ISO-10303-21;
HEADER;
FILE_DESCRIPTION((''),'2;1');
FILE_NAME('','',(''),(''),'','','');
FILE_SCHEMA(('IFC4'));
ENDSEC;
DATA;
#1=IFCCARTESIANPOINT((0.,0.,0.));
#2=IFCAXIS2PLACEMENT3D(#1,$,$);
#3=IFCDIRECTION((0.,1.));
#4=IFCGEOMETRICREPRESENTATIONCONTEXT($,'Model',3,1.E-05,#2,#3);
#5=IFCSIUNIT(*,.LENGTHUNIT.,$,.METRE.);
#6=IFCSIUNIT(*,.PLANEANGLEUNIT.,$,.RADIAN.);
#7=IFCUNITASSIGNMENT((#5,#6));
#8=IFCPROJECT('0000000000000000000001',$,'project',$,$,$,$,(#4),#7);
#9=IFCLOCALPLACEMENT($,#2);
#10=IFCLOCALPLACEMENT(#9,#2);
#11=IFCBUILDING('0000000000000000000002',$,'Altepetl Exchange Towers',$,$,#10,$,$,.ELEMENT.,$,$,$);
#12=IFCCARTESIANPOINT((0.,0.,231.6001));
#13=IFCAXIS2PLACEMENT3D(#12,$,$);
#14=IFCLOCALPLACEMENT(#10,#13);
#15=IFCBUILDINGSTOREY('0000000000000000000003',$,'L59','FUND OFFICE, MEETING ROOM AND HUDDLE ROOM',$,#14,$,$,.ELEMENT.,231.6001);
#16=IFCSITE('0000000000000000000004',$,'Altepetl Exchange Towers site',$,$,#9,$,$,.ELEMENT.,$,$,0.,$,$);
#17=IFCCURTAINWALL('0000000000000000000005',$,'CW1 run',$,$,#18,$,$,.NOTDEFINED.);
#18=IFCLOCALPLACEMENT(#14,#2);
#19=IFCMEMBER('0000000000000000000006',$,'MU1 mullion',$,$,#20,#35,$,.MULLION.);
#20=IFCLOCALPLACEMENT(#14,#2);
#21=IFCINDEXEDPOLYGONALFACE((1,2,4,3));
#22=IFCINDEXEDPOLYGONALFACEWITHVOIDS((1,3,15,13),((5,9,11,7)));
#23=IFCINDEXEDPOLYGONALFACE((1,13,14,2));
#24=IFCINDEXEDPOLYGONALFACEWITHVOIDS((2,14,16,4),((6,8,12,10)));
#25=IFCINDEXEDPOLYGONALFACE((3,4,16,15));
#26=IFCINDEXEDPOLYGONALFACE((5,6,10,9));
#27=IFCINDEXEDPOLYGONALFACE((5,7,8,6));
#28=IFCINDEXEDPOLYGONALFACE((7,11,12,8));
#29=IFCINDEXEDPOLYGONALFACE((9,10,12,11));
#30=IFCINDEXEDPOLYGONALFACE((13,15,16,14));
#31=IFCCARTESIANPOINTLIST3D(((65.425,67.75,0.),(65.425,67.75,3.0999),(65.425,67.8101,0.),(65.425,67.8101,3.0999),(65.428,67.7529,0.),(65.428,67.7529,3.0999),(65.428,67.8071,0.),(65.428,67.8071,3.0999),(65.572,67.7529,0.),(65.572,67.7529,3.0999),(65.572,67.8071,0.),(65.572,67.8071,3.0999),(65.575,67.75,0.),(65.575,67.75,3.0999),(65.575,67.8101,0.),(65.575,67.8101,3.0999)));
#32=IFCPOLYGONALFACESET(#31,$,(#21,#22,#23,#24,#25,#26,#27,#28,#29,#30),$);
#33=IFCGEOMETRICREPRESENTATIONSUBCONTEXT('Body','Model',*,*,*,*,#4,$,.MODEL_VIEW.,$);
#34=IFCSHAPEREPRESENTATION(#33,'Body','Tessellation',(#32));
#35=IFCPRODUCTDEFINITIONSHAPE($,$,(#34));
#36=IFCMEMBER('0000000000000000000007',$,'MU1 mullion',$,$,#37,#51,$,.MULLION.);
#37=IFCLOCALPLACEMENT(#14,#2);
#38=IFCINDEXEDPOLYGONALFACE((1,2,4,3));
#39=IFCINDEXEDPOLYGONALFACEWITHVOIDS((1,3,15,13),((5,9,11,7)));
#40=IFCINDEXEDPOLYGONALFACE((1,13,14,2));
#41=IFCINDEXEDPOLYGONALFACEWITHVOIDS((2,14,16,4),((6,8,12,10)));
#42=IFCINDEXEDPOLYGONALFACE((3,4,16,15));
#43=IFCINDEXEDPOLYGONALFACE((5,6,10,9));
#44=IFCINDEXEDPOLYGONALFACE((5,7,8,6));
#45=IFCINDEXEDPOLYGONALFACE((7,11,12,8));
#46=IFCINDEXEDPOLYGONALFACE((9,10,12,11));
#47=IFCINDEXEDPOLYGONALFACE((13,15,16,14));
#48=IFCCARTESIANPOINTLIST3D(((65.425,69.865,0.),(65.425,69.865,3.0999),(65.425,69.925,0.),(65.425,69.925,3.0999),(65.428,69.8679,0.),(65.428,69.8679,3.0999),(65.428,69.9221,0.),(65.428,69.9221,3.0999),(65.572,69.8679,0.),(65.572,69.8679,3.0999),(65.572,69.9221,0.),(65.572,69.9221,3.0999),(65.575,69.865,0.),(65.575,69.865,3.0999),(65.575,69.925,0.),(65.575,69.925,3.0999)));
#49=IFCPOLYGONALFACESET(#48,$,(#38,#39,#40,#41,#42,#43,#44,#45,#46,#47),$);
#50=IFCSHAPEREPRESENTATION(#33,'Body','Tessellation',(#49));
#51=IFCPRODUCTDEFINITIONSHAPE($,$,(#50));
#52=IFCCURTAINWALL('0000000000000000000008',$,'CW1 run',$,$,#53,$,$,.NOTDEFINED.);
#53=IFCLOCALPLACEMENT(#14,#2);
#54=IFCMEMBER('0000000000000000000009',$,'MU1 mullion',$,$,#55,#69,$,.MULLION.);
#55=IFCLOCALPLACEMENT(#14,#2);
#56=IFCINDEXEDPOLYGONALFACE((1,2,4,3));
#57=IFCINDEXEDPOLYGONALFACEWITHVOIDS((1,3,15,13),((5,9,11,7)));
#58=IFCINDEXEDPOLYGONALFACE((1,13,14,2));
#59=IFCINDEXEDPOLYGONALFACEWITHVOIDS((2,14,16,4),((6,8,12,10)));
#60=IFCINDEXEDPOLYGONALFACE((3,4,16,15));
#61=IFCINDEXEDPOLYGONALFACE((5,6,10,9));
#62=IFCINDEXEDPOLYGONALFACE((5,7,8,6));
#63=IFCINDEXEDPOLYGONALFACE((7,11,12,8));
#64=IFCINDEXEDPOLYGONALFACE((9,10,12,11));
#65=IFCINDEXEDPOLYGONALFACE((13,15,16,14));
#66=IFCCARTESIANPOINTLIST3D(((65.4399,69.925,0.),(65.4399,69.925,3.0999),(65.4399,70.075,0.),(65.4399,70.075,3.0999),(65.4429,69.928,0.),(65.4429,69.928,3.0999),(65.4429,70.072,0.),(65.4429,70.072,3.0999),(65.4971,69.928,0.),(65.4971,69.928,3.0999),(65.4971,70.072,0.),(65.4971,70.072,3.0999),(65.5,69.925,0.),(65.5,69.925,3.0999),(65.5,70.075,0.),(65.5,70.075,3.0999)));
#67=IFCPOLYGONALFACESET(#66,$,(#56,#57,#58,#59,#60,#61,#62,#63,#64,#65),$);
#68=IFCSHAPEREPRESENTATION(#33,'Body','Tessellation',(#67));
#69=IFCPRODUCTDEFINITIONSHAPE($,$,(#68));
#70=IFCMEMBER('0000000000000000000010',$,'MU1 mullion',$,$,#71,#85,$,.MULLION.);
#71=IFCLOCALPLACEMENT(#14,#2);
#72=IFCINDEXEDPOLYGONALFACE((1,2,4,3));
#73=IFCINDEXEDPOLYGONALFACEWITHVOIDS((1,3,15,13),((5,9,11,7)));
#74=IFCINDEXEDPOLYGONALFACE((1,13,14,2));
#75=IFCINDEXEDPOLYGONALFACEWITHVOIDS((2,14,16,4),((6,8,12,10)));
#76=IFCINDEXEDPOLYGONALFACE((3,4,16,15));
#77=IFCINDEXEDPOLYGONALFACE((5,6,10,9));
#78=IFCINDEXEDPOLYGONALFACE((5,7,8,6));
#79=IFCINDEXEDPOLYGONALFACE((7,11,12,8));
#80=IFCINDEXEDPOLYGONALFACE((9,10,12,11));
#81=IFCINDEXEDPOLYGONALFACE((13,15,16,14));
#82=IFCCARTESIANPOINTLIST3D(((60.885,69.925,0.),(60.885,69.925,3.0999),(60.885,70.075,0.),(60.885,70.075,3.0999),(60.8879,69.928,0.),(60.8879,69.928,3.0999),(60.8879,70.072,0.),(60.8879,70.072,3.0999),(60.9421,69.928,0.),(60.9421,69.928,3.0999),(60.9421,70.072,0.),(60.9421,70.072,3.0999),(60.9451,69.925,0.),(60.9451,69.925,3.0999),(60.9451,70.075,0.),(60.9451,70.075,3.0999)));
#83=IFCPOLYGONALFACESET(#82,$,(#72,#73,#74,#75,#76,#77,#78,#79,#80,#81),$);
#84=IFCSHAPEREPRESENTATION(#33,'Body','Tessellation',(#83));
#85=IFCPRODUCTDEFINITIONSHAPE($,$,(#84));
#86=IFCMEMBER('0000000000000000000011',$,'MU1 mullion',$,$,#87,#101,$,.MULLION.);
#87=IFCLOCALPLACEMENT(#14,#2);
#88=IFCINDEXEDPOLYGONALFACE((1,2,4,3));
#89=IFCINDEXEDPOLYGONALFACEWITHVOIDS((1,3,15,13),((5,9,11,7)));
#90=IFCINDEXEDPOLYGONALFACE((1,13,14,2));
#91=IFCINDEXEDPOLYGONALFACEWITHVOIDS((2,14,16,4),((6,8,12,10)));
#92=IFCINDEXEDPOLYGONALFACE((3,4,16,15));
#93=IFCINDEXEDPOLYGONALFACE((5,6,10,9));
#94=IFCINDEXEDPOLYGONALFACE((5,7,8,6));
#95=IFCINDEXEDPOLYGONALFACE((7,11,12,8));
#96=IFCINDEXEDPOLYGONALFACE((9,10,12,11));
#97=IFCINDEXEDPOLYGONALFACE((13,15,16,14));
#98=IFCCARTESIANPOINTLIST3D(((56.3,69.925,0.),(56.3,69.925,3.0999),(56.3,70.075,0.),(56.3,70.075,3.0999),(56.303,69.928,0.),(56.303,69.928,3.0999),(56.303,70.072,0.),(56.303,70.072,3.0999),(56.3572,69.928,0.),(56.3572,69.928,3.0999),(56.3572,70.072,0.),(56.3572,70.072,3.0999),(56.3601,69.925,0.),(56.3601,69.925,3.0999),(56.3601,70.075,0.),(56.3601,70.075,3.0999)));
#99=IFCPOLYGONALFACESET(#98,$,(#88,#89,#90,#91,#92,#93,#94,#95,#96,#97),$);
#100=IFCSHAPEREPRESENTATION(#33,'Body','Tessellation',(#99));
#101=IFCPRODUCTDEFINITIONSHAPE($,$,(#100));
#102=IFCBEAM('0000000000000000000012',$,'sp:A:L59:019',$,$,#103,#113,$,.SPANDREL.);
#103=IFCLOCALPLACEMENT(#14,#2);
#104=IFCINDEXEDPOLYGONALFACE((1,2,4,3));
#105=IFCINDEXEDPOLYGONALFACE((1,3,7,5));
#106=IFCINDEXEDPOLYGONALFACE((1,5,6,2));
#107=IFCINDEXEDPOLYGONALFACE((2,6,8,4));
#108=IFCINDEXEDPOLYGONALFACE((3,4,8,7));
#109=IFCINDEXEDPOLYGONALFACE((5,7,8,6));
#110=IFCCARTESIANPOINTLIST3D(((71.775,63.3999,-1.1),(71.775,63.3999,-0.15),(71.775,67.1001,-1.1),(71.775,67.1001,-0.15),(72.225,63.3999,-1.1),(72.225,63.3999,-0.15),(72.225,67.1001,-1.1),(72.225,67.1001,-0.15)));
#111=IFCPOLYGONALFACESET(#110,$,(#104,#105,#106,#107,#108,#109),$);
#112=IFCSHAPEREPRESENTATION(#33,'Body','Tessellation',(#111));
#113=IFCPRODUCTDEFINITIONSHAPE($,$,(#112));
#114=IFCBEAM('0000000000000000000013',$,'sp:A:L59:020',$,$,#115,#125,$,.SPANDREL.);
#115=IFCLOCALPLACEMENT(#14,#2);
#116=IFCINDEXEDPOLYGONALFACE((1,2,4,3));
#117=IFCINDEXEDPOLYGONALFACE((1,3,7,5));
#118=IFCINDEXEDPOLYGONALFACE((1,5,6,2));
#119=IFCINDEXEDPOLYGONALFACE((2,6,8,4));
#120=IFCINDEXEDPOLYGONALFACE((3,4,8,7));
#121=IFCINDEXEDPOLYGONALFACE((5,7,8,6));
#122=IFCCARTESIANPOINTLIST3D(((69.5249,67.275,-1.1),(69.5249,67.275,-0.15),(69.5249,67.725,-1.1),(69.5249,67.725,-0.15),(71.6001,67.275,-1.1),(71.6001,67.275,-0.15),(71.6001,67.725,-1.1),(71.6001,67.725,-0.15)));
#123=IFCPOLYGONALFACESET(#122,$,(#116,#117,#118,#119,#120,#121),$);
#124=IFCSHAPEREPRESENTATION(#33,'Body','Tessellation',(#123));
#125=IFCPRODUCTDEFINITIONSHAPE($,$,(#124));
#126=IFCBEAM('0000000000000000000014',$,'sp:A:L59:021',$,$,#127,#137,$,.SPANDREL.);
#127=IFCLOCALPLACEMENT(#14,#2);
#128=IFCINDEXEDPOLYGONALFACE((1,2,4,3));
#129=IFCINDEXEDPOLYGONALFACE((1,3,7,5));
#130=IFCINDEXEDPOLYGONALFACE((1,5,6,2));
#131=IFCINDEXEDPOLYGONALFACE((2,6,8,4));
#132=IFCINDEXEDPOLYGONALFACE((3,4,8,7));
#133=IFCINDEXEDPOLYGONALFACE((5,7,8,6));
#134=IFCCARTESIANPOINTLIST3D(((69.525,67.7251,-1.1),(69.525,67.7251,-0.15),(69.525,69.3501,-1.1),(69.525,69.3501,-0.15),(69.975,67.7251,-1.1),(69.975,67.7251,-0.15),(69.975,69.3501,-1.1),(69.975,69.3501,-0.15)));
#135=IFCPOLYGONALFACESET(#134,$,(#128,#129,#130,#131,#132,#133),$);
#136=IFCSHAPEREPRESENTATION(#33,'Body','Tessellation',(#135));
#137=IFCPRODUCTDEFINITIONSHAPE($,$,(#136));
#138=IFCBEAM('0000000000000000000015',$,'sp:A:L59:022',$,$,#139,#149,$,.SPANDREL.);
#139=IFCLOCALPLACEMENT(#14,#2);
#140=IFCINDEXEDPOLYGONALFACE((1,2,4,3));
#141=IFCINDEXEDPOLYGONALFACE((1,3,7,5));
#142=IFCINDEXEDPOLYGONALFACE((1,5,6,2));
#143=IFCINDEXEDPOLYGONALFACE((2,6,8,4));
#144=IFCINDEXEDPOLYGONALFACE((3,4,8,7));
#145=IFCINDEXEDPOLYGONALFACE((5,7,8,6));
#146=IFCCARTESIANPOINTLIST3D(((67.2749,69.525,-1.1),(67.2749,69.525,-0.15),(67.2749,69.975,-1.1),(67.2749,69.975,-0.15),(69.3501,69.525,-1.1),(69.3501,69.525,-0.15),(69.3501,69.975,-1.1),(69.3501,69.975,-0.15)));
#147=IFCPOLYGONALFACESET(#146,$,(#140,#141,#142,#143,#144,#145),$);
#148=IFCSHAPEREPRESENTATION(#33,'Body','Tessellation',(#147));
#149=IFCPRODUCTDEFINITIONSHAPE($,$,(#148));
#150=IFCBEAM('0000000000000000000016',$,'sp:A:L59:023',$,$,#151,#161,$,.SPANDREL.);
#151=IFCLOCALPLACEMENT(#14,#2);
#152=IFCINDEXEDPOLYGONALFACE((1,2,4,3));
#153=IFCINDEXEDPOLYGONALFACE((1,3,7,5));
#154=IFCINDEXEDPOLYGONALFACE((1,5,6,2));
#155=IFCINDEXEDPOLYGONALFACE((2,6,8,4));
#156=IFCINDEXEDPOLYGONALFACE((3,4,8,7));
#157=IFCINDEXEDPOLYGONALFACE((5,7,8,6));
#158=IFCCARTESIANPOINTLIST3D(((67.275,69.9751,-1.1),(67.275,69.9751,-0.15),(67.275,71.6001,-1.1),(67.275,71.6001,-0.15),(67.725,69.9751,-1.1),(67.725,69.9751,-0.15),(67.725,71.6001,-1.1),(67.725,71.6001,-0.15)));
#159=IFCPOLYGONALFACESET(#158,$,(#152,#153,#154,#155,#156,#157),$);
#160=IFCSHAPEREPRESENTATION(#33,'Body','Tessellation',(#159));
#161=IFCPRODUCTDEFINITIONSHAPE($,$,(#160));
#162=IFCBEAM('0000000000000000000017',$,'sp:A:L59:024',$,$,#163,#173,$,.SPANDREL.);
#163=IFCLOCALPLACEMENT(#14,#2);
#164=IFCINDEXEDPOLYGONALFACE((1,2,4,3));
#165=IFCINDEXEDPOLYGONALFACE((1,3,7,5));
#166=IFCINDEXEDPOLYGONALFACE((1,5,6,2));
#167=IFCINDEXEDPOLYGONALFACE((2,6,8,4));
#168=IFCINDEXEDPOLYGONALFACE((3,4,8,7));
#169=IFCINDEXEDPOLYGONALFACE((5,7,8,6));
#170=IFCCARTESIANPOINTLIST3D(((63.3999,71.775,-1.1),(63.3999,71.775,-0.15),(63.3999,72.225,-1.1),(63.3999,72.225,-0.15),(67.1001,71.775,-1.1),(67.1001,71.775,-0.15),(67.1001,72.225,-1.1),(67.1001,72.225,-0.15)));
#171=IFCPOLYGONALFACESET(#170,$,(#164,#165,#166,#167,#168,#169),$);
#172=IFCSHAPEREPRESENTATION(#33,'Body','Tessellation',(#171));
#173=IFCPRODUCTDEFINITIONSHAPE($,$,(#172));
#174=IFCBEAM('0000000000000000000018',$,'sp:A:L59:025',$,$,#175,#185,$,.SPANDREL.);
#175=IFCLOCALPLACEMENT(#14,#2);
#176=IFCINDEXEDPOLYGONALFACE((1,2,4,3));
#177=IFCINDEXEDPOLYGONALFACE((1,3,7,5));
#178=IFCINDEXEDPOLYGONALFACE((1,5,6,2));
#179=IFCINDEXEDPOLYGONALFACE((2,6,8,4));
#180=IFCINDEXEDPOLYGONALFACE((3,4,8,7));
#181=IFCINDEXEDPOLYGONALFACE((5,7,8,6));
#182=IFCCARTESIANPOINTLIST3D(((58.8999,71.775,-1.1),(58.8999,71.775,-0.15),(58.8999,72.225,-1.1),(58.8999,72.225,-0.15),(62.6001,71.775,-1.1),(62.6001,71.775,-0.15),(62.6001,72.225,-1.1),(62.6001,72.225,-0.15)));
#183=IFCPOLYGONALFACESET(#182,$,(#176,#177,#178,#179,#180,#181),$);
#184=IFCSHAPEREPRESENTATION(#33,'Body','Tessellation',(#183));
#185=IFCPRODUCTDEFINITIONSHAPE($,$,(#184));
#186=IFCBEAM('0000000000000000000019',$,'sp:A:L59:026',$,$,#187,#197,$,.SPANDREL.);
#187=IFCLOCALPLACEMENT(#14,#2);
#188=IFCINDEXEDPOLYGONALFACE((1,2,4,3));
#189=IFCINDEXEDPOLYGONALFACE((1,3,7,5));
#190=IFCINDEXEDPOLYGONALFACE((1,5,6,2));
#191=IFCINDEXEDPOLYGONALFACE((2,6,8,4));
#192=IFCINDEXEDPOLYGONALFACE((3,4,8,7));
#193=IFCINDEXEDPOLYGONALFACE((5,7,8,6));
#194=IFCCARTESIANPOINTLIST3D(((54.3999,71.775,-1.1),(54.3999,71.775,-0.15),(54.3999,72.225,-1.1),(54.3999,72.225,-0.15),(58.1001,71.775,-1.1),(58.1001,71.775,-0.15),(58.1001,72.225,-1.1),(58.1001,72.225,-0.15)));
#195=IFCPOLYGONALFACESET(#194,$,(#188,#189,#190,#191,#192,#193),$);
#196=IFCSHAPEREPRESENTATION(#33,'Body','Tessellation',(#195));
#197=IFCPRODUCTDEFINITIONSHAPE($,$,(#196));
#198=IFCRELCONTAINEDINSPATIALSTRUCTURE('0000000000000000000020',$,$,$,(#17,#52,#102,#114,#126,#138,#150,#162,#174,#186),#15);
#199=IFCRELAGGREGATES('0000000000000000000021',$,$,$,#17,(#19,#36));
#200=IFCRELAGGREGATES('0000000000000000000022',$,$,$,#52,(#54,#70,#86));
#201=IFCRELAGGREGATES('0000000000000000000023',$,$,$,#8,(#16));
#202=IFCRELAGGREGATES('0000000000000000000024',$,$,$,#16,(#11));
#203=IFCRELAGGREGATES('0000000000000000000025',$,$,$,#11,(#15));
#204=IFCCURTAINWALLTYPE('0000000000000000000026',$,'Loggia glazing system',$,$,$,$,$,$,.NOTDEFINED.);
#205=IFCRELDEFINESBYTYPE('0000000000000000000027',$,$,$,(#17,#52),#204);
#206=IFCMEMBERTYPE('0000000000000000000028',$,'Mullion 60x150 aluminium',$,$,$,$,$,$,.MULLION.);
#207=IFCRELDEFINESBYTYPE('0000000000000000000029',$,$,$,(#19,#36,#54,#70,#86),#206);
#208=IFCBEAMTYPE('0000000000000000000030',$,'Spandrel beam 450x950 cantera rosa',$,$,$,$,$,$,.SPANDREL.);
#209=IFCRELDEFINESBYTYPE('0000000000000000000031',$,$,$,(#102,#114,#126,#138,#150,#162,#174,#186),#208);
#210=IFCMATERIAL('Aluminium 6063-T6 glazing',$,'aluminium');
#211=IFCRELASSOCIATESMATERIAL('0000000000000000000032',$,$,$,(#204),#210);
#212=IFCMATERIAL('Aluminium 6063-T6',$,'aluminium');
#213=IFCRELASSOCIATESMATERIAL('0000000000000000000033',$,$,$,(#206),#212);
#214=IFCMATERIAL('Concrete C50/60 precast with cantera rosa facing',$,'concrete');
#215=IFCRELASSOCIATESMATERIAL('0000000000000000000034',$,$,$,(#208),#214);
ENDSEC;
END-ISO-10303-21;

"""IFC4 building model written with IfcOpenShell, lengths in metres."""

from ifc_helpers import new_model, si_unit, direction, frame, origin, origin_2d, place, context, subcontext, project, spatial, rectangle, hollow_rectangle, extrude, material, material_profile, profile_set, type_object, element, aggregate, save


model = new_model("IFC4")

# Units and contexts
model_context = context("Model", 3, precision=1e-05, world=origin(), true_north=direction((0.0, 1.0)))
body_context = subcontext(model_context, "Body", "Model", "MODEL_VIEW")
ifc_project = project(units=[si_unit("LENGTHUNIT", "METRE"), si_unit("PLANEANGLEUNIT", "RADIAN")], contexts=[model_context])

# Site, building, storey
site_placement = place(None, origin())
site = spatial("IfcSite", under=ifc_project, at=site_placement, Name="Altepetl Exchange Towers site", CompositionType="ELEMENT", RefElevation=0.0)
building_placement = place(site_placement, origin())
building = spatial("IfcBuilding", under=site, at=building_placement, Name="Altepetl Exchange Towers", CompositionType="ELEMENT")
storey_placement = place(building_placement, frame((0.0, 0.0, 231.6001)))
storey = spatial("IfcBuildingStorey", under=building, at=storey_placement, Name="L59", Description="FUND OFFICE, MEETING ROOM AND HUDDLE ROOM", CompositionType="ELEMENT", Elevation=231.6001)

# Shared definitions
ifc_material_1 = material(Name="Aluminium 6063-T6 glazing", Category="aluminium")
curtain_wall_type = type_object("IfcCurtainWallType", Name="Loggia glazing system", PredefinedType="NOTDEFINED", material=ifc_material_1)
ifc_material_2 = material(Name="Aluminium 6063-T6", Category="aluminium")
ifc_material_profile_1 = material_profile(ifc_material_2, hollow_rectangle(XDim=0.0601, YDim=0.1499, WallThickness=0.0029, at=origin_2d()), Name="Mullion 60x150 aluminium")
ifc_profile_set_1 = profile_set([ifc_material_profile_1], Name="Aluminium 6063-T6")
member_type = type_object("IfcMemberType", Name="Mullion 60x150 aluminium", PredefinedType="MULLION", material=ifc_profile_set_1)

# Curtain walls, members
curtain_wall_1_placement = place(storey_placement, origin())
curtain_wall_1 = element("IfcCurtainWall", 1, at=curtain_wall_1_placement, inside=storey, type_object=curtain_wall_type, Name="CW1 run", PredefinedType="NOTDEFINED")
member_1_placement = place(storey_placement, frame((65.5, 67.78, 0.0), z_axis=(0.0, 0.0, 1.0), x_axis=(0.0, 1.0, 0.0)))
member_1 = element("IfcMember", 2, at=member_1_placement, type_object=member_type, Name="MU1 mullion", PredefinedType="MULLION", context=body_context, shape_type="SweptSolid", body=[
    extrude(hollow_rectangle(XDim=0.0601, YDim=0.1499, WallThickness=0.0029, at=origin_2d()), origin(), (0.0, 0.0, 1.0), 3.0999),
])
member_2_placement = place(storey_placement, frame((65.5, 69.895, 0.0), z_axis=(0.0, 0.0, 1.0), x_axis=(0.0, 1.0, 0.0)))
member_2 = element("IfcMember", 3, at=member_2_placement, type_object=member_type, Name="MU1 mullion", PredefinedType="MULLION", context=body_context, shape_type="SweptSolid", body=[
    extrude(hollow_rectangle(XDim=0.0601, YDim=0.1499, WallThickness=0.0029, at=origin_2d()), origin(), (0.0, 0.0, 1.0), 3.0999),
])
curtain_wall_2_placement = place(storey_placement, origin())
curtain_wall_2 = element("IfcCurtainWall", 4, at=curtain_wall_2_placement, inside=storey, type_object=curtain_wall_type, Name="CW1 run", PredefinedType="NOTDEFINED")
member_3_placement = place(storey_placement, frame((65.47, 70.0, 0.0), z_axis=(0.0, 0.0, 1.0), x_axis=(-1.0, 0.0, 0.0)))
member_3 = element("IfcMember", 5, at=member_3_placement, type_object=member_type, Name="MU1 mullion", PredefinedType="MULLION", context=body_context, shape_type="SweptSolid", body=[
    extrude(hollow_rectangle(XDim=0.0601, YDim=0.1499, WallThickness=0.0029, at=origin_2d()), origin(), (0.0, 0.0, 1.0), 3.0999),
])
member_4_placement = place(storey_placement, frame((60.915, 70.0, 0.0), z_axis=(0.0, 0.0, 1.0), x_axis=(-1.0, 0.0, 0.0)))
member_4 = element("IfcMember", 6, at=member_4_placement, type_object=member_type, Name="MU1 mullion", PredefinedType="MULLION", context=body_context, shape_type="SweptSolid", body=[
    extrude(hollow_rectangle(XDim=0.0601, YDim=0.1499, WallThickness=0.0029, at=origin_2d()), origin(), (0.0, 0.0, 1.0), 3.0999),
])
member_5_placement = place(storey_placement, frame((56.3301, 70.0, 0.0), z_axis=(0.0, 0.0, 1.0), x_axis=(-1.0, 0.0, 0.0)))
member_5 = element("IfcMember", 7, at=member_5_placement, type_object=member_type, Name="MU1 mullion", PredefinedType="MULLION", context=body_context, shape_type="SweptSolid", body=[
    extrude(hollow_rectangle(XDim=0.0601, YDim=0.1499, WallThickness=0.0029, at=origin_2d()), origin(), (0.0, 0.0, 1.0), 3.0999),
])

# Beams
ifc_material_3 = material(Name="Concrete C50/60 precast with cantera rosa facing", Category="concrete")
ifc_material_profile_2 = material_profile(ifc_material_3, rectangle(XDim=0.45, YDim=0.95, at=origin_2d()), Name="450 x 950")
ifc_profile_set_2 = profile_set([ifc_material_profile_2], Name="Concrete C50/60 precast with cantera rosa facing")
beam_type = type_object("IfcBeamType", Name="Spandrel beam 450x950 cantera rosa", PredefinedType="SPANDREL", material=ifc_profile_set_2)
beam_1_placement = place(storey_placement, frame((72.0, 63.3999, -0.625), z_axis=(0.0, 1.0, 0.0), x_axis=(-1.0, 0.0, 0.0)))
element("IfcBeam", 8, at=beam_1_placement, inside=storey, type_object=beam_type, Name="sp:A:L59:019", PredefinedType="SPANDREL", context=body_context, shape_type="SweptSolid", body=[
    extrude(rectangle(XDim=0.45, YDim=0.95, at=origin_2d()), origin(), (0.0, 0.0, 1.0), 3.7002),
])
beam_2_placement = place(storey_placement, frame((71.6001, 67.5, -0.625), z_axis=(-1.0, 0.0, 0.0), x_axis=(0.0, -1.0, 0.0)))
element("IfcBeam", 9, at=beam_2_placement, inside=storey, type_object=beam_type, Name="sp:A:L59:020", PredefinedType="SPANDREL", context=body_context, shape_type="SweptSolid", body=[
    extrude(rectangle(XDim=0.45, YDim=0.95, at=origin_2d()), origin(), (0.0, 0.0, 1.0), 2.0752),
])
beam_3_placement = place(storey_placement, frame((69.75, 67.7251, -0.625), z_axis=(0.0, 1.0, 0.0), x_axis=(-1.0, 0.0, 0.0)))
element("IfcBeam", 10, at=beam_3_placement, inside=storey, type_object=beam_type, Name="sp:A:L59:021", PredefinedType="SPANDREL", context=body_context, shape_type="SweptSolid", body=[
    extrude(rectangle(XDim=0.45, YDim=0.95, at=origin_2d()), origin(), (0.0, 0.0, 1.0), 1.625),
])
beam_4_placement = place(storey_placement, frame((69.3501, 69.75, -0.625), z_axis=(-1.0, 0.0, 0.0), x_axis=(0.0, -1.0, 0.0)))
element("IfcBeam", 11, at=beam_4_placement, inside=storey, type_object=beam_type, Name="sp:A:L59:022", PredefinedType="SPANDREL", context=body_context, shape_type="SweptSolid", body=[
    extrude(rectangle(XDim=0.45, YDim=0.95, at=origin_2d()), origin(), (0.0, 0.0, 1.0), 2.0752),
])
beam_5_placement = place(storey_placement, frame((67.5, 69.9751, -0.625), z_axis=(0.0, 1.0, 0.0), x_axis=(-1.0, 0.0, 0.0)))
element("IfcBeam", 12, at=beam_5_placement, inside=storey, type_object=beam_type, Name="sp:A:L59:023", PredefinedType="SPANDREL", context=body_context, shape_type="SweptSolid", body=[
    extrude(rectangle(XDim=0.45, YDim=0.95, at=origin_2d()), origin(), (0.0, 0.0, 1.0), 1.625),
])
for number, where, z_axis, x_axis, name in (
    (13, (67.1001, 72.0, -0.625), (-1.0, 0.0, 0.0), (0.0, -1.0, 0.0), "sp:A:L59:024"),
    (14, (62.6001, 72.0, -0.625), (-1.0, 0.0, 0.0), (0.0, -1.0, 0.0), "sp:A:L59:025"),
    (15, (58.1001, 72.0, -0.625), (-1.0, 0.0, 0.0), (0.0, -1.0, 0.0), "sp:A:L59:026"),
):
    element("IfcBeam", number, at=place(storey_placement, frame(where, z_axis=z_axis, x_axis=x_axis)), inside=storey, type_object=beam_type, Name=name, PredefinedType="SPANDREL", context=body_context, shape_type="SweptSolid", body=[
        extrude(rectangle(XDim=0.45, YDim=0.95, at=origin_2d()), origin(), (0.0, 0.0, 1.0), 3.7002),
    ])

aggregate(curtain_wall_1, [member_1, member_2])
aggregate(curtain_wall_2, [member_3, member_4, member_5])

save(model, "model.ifc")
